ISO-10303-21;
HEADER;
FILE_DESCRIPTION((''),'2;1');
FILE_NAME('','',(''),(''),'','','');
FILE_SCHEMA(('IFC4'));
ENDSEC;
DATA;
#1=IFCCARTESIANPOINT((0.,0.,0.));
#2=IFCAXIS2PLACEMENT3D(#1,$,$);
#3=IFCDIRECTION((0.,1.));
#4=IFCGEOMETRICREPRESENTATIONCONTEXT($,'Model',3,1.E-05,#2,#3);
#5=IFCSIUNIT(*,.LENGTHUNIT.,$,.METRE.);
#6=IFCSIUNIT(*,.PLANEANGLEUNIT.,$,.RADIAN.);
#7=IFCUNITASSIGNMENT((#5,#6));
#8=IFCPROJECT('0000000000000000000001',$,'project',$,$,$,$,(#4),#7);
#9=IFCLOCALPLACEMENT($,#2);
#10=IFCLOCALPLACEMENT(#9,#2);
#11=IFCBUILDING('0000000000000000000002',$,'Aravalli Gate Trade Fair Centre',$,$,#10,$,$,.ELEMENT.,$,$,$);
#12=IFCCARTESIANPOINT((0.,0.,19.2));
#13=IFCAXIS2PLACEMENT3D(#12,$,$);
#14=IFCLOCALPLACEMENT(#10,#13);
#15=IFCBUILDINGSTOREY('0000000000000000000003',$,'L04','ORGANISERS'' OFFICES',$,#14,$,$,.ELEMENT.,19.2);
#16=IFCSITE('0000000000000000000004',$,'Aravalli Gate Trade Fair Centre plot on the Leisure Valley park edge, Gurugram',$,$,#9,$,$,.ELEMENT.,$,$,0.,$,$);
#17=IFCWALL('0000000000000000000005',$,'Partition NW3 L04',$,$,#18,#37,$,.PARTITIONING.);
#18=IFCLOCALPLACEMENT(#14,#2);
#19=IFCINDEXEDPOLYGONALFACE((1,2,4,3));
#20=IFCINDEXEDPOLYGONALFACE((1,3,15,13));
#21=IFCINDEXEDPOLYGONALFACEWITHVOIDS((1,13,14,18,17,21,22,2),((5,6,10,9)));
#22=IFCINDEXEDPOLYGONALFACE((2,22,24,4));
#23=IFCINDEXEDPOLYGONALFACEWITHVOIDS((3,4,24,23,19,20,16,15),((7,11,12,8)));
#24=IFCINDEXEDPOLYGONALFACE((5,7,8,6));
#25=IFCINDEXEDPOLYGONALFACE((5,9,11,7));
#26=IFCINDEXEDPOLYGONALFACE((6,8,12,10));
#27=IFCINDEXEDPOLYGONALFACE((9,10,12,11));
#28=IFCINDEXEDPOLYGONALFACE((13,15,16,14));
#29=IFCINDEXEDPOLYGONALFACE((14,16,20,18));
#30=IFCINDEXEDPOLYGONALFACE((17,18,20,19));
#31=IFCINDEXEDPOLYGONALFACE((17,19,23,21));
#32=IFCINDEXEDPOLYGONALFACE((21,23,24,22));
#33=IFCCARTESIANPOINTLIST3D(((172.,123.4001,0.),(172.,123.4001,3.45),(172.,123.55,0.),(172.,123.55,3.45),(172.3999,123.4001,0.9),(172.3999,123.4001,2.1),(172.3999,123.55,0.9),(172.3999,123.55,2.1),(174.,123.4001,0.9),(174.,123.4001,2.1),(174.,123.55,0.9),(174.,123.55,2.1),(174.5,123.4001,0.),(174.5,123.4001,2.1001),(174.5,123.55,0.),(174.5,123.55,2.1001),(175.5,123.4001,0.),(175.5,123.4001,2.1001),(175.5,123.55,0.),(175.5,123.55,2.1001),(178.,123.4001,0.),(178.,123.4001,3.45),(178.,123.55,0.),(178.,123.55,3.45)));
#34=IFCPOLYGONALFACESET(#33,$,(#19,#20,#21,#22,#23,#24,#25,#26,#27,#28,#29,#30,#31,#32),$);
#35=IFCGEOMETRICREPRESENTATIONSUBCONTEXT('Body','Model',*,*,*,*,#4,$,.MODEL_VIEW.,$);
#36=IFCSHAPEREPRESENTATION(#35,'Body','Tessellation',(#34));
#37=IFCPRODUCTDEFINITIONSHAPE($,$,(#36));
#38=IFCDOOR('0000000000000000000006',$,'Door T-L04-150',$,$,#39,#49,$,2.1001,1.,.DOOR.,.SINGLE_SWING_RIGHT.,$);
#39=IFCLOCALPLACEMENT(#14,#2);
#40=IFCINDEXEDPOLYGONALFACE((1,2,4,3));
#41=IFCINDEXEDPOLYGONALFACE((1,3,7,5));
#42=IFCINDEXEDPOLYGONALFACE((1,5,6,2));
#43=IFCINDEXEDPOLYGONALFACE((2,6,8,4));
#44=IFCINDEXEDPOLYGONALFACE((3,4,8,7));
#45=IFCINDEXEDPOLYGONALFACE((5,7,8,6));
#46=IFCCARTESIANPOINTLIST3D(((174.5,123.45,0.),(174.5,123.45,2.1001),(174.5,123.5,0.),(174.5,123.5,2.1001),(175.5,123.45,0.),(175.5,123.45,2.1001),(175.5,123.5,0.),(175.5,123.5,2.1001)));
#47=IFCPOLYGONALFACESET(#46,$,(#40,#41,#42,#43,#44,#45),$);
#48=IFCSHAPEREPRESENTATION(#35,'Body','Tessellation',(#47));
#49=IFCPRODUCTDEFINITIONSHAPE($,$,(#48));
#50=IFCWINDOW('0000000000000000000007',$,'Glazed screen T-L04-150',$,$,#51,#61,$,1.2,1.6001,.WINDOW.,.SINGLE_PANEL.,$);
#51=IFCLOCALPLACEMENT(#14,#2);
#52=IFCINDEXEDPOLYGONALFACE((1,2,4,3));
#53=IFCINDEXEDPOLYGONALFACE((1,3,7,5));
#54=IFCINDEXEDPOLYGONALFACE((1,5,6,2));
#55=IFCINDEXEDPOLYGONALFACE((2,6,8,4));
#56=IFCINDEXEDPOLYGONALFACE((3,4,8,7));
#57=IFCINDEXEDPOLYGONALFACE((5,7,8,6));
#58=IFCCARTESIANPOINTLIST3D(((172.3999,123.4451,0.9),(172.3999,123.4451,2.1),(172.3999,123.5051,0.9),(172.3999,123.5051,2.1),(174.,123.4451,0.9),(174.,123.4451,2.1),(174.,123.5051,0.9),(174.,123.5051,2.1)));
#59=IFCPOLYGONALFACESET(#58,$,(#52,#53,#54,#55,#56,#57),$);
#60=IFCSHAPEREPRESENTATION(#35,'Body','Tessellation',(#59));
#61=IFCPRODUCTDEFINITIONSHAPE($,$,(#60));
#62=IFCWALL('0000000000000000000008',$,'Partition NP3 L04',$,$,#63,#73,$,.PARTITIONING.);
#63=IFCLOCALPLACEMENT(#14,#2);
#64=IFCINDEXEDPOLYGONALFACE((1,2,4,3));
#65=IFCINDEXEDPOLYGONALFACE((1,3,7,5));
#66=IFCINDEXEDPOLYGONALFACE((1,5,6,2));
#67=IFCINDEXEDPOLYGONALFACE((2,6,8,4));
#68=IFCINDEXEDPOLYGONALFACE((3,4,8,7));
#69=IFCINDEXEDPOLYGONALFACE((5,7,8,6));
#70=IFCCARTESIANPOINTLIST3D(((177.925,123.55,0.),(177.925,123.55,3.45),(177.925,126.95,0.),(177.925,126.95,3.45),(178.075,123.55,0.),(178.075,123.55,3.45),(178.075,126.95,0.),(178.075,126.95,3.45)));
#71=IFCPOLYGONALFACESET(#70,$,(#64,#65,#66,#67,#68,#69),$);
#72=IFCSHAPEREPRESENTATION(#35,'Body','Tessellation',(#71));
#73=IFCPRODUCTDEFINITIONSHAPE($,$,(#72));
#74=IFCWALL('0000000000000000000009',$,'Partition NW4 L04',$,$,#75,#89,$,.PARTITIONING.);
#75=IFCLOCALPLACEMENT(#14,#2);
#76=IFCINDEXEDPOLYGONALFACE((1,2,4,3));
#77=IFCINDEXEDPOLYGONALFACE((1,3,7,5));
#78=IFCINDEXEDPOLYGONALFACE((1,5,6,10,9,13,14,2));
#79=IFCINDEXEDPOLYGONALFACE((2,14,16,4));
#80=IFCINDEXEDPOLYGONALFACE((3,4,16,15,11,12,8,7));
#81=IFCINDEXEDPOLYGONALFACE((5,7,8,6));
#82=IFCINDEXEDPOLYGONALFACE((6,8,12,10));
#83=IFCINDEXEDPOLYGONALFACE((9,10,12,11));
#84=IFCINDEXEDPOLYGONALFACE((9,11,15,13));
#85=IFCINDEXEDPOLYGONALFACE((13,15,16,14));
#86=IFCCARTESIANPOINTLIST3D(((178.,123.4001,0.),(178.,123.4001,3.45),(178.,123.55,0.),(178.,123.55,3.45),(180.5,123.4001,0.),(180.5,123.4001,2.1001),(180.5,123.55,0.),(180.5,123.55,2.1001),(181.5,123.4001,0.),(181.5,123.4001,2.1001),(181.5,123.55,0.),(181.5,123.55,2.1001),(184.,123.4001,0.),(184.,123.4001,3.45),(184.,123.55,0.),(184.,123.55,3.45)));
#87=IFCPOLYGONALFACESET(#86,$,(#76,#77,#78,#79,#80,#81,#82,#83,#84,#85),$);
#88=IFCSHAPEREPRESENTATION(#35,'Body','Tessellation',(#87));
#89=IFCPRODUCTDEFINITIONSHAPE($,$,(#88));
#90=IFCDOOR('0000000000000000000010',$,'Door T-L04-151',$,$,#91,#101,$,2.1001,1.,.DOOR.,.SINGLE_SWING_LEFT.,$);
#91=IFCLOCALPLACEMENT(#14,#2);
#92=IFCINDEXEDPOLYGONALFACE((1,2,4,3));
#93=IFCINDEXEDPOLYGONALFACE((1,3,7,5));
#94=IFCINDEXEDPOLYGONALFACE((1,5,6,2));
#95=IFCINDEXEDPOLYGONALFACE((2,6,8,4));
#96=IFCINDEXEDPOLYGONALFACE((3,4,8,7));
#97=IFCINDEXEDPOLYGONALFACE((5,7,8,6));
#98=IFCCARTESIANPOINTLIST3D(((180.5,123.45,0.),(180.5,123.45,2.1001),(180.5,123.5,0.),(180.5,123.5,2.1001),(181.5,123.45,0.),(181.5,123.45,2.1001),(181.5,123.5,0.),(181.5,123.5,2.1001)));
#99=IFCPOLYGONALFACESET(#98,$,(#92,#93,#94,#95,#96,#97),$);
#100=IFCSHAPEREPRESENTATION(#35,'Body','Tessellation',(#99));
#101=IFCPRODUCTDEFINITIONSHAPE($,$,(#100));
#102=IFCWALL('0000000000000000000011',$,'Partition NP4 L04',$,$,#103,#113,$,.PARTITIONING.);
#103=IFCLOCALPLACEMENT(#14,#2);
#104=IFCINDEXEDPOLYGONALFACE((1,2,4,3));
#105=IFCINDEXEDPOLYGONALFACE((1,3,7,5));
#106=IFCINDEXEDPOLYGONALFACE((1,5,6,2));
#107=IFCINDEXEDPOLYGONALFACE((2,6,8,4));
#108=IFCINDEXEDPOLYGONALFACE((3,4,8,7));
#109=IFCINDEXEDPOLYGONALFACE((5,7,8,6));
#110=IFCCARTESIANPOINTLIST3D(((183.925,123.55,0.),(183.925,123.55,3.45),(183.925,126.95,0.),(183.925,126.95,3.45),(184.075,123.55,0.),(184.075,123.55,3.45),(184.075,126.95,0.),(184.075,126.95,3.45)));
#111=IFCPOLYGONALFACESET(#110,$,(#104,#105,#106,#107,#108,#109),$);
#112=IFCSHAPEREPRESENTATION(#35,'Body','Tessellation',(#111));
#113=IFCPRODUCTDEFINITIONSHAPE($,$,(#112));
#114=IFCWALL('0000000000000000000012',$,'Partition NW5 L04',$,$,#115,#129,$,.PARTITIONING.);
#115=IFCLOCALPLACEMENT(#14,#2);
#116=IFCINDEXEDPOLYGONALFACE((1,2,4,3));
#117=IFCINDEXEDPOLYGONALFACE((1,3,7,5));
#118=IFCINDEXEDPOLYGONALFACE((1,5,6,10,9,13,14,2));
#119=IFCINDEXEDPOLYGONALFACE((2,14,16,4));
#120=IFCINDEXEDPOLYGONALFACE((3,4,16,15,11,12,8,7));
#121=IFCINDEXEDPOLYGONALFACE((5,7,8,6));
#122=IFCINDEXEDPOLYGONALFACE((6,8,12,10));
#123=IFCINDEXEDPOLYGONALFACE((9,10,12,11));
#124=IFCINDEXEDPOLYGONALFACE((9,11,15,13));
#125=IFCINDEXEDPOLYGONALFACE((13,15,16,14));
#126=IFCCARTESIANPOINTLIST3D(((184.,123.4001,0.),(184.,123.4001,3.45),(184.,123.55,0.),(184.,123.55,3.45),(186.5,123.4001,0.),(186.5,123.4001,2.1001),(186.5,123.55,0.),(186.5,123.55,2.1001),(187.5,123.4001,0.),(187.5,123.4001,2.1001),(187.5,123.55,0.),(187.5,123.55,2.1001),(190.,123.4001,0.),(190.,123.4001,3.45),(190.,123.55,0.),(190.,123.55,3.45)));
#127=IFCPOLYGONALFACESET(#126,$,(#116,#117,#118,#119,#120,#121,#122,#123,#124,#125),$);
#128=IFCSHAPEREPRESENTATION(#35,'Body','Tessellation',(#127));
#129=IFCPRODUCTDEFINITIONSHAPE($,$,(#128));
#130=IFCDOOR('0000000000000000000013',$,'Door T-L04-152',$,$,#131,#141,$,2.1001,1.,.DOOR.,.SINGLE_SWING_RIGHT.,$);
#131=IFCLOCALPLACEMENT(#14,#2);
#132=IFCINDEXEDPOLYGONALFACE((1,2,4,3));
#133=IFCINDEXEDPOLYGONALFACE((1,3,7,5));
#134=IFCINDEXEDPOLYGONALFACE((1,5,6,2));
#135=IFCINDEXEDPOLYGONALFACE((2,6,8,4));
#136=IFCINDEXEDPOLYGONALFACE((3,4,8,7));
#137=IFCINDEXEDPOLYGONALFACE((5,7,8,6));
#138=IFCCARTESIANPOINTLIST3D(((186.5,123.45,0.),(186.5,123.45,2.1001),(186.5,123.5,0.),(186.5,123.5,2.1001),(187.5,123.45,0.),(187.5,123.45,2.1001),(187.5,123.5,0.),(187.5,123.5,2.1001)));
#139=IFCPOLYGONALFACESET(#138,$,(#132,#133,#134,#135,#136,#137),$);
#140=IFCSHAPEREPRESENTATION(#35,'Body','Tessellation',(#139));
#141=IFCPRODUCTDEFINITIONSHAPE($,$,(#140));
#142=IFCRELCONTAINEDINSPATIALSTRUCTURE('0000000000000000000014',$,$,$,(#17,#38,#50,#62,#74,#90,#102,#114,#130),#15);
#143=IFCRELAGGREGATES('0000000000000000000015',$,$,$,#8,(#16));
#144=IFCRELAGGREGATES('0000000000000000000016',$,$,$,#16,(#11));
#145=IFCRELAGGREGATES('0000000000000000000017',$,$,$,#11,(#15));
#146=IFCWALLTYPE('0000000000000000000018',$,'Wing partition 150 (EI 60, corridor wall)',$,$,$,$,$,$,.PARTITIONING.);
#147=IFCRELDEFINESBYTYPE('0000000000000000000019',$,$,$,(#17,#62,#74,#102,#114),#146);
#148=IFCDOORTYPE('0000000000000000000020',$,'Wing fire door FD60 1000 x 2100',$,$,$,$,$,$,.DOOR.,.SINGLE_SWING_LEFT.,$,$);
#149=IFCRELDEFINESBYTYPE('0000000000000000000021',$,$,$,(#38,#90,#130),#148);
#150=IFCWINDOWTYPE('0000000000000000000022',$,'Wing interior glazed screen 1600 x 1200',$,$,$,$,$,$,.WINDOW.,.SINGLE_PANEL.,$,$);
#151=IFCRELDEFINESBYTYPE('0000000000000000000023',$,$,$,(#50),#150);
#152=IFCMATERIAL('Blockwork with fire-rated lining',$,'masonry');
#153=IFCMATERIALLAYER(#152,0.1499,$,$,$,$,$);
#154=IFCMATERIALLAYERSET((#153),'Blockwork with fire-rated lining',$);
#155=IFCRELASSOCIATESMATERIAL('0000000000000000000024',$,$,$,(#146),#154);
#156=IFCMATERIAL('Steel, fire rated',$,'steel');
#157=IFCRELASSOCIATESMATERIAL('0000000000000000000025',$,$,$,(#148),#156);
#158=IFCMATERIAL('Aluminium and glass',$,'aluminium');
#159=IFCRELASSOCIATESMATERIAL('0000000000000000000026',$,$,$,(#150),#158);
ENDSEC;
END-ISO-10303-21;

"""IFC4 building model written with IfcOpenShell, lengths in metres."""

from ifc_helpers import new_model, si_unit, direction, frame, frame_2d, origin, place, context, subcontext, project, spatial, rectangle, extrude, material, layer, layer_set, type_object, element, fill, save


model = new_model("IFC4")

# Units and contexts
model_context = context("Model", 3, precision=1e-05, world=origin(), true_north=direction((0.0, 1.0)))
body_context = subcontext(model_context, "Body", "Model", "MODEL_VIEW")
ifc_project = project(units=[si_unit("LENGTHUNIT", "METRE"), si_unit("PLANEANGLEUNIT", "RADIAN")], contexts=[model_context])

# Site, building, storey
site_placement = place(None, origin())
site = spatial("IfcSite", under=ifc_project, at=site_placement, Name="Aravalli Gate Trade Fair Centre plot on the Leisure Valley park edge, Gurugram", CompositionType="ELEMENT", RefElevation=0.0)
building_placement = place(site_placement, origin())
building = spatial("IfcBuilding", under=site, at=building_placement, Name="Aravalli Gate Trade Fair Centre", CompositionType="ELEMENT")
storey_placement = place(building_placement, frame((0.0, 0.0, 19.2)))
storey = spatial("IfcBuildingStorey", under=building, at=storey_placement, Name="L04", Description="ORGANISERS' OFFICES", CompositionType="ELEMENT", Elevation=19.2)

# Shared definitions
ifc_material_1 = material(Name="Steel, fire rated", Category="steel")

# Shared definitions
ifc_material_2 = material(Name="Blockwork with fire-rated lining", Category="masonry")
ifc_layer_1 = layer(ifc_material_2, 0.1499)
ifc_layer_set_1 = layer_set([ifc_layer_1], Name="Blockwork with fire-rated lining")
wall_type_1 = type_object("IfcWallType", Name="Wing partition 150 (EI 60, corridor wall)", PredefinedType="PARTITIONING", material=ifc_layer_set_1)

# Wall, openings, door, window
wall_1_placement = place(storey_placement, frame((172.0, 123.4751, 0.0), z_axis=(0.0, 0.0, 1.0), x_axis=(1.0, 0.0, 0.0)))
wall_1 = element("IfcWall", 1, at=wall_1_placement, inside=storey, type_object=wall_type_1, Name="Partition NW3 L04", PredefinedType="PARTITIONING", context=body_context, shape_type="SweptSolid", body=[
    extrude(rectangle(XDim=6.0, YDim=0.1499, at=frame_2d((3.0, 0.0))), origin(), (0.0, 0.0, 1.0), 3.45),
])
opening_1_placement = place(wall_1_placement, frame((0.3999, 0.0, 0.8999)))
opening_1 = element("IfcOpeningElement", 2, at=opening_1_placement, cuts=wall_1, PredefinedType="OPENING", context=body_context, shape_type="SweptSolid", body=[
    extrude(rectangle(XDim=1.6001, YDim=1.2, at=frame_2d((0.8, 0.6001))), frame((0.0, 0.085, 0.0), z_axis=(0.0, -1.0, 0.0), x_axis=(1.0, 0.0, 0.0)), (0.0, 0.0, 1.0), 0.1699),
])
opening_2_placement = place(wall_1_placement, frame((2.5, 0.0, 0.0)))
opening_2 = element("IfcOpeningElement", 3, at=opening_2_placement, cuts=wall_1, PredefinedType="OPENING", context=body_context, shape_type="SweptSolid", body=[
    extrude(rectangle(XDim=1.0, YDim=2.1001, at=frame_2d((0.5, 1.05))), frame((0.0, 0.085, 0.0), z_axis=(0.0, -1.0, 0.0), x_axis=(1.0, 0.0, 0.0)), (0.0, 0.0, 1.0), 0.1699),
])
door_type_1 = type_object("IfcDoorType", Name="Wing fire door FD60 1000 x 2100", OperationType="SINGLE_SWING_LEFT", PredefinedType="DOOR", material=ifc_material_1)
door_1_placement = place(opening_2_placement, origin())
door_1 = element("IfcDoor", 4, at=door_1_placement, inside=storey, type_object=door_type_1, Name="Door T-L04-150", OperationType="SINGLE_SWING_RIGHT", OverallHeight=2.1001, OverallWidth=1.0, PredefinedType="DOOR", context=body_context, shape_type="SweptSolid", body=[
    extrude(rectangle(XDim=1.0, YDim=2.1001, at=frame_2d((0.5, 1.05))), frame((0.0, 0.0249, 0.0), z_axis=(0.0, -1.0, 0.0), x_axis=(1.0, 0.0, 0.0)), (0.0, 0.0, 1.0), 0.05),
])
fill(opening_2, door_1)
ifc_material_3 = material(Name="Aluminium and glass", Category="aluminium")
window_type_1 = type_object("IfcWindowType", Name="Wing interior glazed screen 1600 x 1200", PartitioningType="SINGLE_PANEL", PredefinedType="WINDOW", material=ifc_material_3)
window_1_placement = place(opening_1_placement, origin())
window_1 = element("IfcWindow", 5, at=window_1_placement, inside=storey, type_object=window_type_1, Name="Glazed screen T-L04-150", OverallHeight=1.2, OverallWidth=1.6001, PartitioningType="SINGLE_PANEL", PredefinedType="WINDOW", context=body_context, shape_type="SweptSolid", body=[
    extrude(rectangle(XDim=1.6001, YDim=1.2, at=frame_2d((0.8, 0.6001))), frame((0.0, 0.03, 0.0), z_axis=(0.0, -1.0, 0.0), x_axis=(1.0, 0.0, 0.0)), (0.0, 0.0, 1.0), 0.0601),
])
fill(opening_1, window_1)

# Wall
wall_2_placement = place(storey_placement, frame((178.0, 123.55, 0.0), z_axis=(0.0, 0.0, 1.0), x_axis=(0.0, 1.0, 0.0)))
element("IfcWall", 6, at=wall_2_placement, inside=storey, type_object=wall_type_1, Name="Partition NP3 L04", PredefinedType="PARTITIONING", context=body_context, shape_type="SweptSolid", body=[
    extrude(rectangle(XDim=3.3999, YDim=0.1499, at=frame_2d((1.7, 0.0))), origin(), (0.0, 0.0, 1.0), 3.45),
])

# Wall, opening, door
wall_3_placement = place(storey_placement, frame((178.0, 123.4751, 0.0), z_axis=(0.0, 0.0, 1.0), x_axis=(1.0, 0.0, 0.0)))
wall_3 = element("IfcWall", 7, at=wall_3_placement, inside=storey, type_object=wall_type_1, Name="Partition NW4 L04", PredefinedType="PARTITIONING", context=body_context, shape_type="SweptSolid", body=[
    extrude(rectangle(XDim=6.0, YDim=0.1499, at=frame_2d((3.0, 0.0))), origin(), (0.0, 0.0, 1.0), 3.45),
])
opening_3_placement = place(wall_3_placement, frame((2.5, 0.0, 0.0)))
opening_3 = element("IfcOpeningElement", 8, at=opening_3_placement, cuts=wall_3, PredefinedType="OPENING", context=body_context, shape_type="SweptSolid", body=[
    extrude(rectangle(XDim=1.0, YDim=2.1001, at=frame_2d((0.5, 1.05))), frame((0.0, 0.085, 0.0), z_axis=(0.0, -1.0, 0.0), x_axis=(1.0, 0.0, 0.0)), (0.0, 0.0, 1.0), 0.1699),
])
door_2_placement = place(opening_3_placement, origin())
door_2 = element("IfcDoor", 9, at=door_2_placement, inside=storey, type_object=door_type_1, Name="Door T-L04-151", OperationType="SINGLE_SWING_LEFT", OverallHeight=2.1001, OverallWidth=1.0, PredefinedType="DOOR", context=body_context, shape_type="SweptSolid", body=[
    extrude(rectangle(XDim=1.0, YDim=2.1001, at=frame_2d((0.5, 1.05))), frame((0.0, 0.0249, 0.0), z_axis=(0.0, -1.0, 0.0), x_axis=(1.0, 0.0, 0.0)), (0.0, 0.0, 1.0), 0.05),
])
fill(opening_3, door_2)

# Wall
wall_4_placement = place(storey_placement, frame((184.0, 123.55, 0.0), z_axis=(0.0, 0.0, 1.0), x_axis=(0.0, 1.0, 0.0)))
element("IfcWall", 10, at=wall_4_placement, inside=storey, type_object=wall_type_1, Name="Partition NP4 L04", PredefinedType="PARTITIONING", context=body_context, shape_type="SweptSolid", body=[
    extrude(rectangle(XDim=3.3999, YDim=0.1499, at=frame_2d((1.7, 0.0))), origin(), (0.0, 0.0, 1.0), 3.45),
])

# Wall, opening, door
wall_5_placement = place(storey_placement, frame((184.0, 123.4751, 0.0), z_axis=(0.0, 0.0, 1.0), x_axis=(1.0, 0.0, 0.0)))
wall_5 = element("IfcWall", 11, at=wall_5_placement, inside=storey, type_object=wall_type_1, Name="Partition NW5 L04", PredefinedType="PARTITIONING", context=body_context, shape_type="SweptSolid", body=[
    extrude(rectangle(XDim=6.0, YDim=0.1499, at=frame_2d((3.0, 0.0))), origin(), (0.0, 0.0, 1.0), 3.45),
])
opening_4_placement = place(wall_5_placement, frame((2.5, 0.0, 0.0)))
opening_4 = element("IfcOpeningElement", 12, at=opening_4_placement, cuts=wall_5, PredefinedType="OPENING", context=body_context, shape_type="SweptSolid", body=[
    extrude(rectangle(XDim=1.0, YDim=2.1001, at=frame_2d((0.5, 1.05))), frame((0.0, 0.085, 0.0), z_axis=(0.0, -1.0, 0.0), x_axis=(1.0, 0.0, 0.0)), (0.0, 0.0, 1.0), 0.1699),
])
door_3_placement = place(opening_4_placement, origin())
door_3 = element("IfcDoor", 13, at=door_3_placement, inside=storey, type_object=door_type_1, Name="Door T-L04-152", OperationType="SINGLE_SWING_RIGHT", OverallHeight=2.1001, OverallWidth=1.0, PredefinedType="DOOR", context=body_context, shape_type="SweptSolid", body=[
    extrude(rectangle(XDim=1.0, YDim=2.1001, at=frame_2d((0.5, 1.05))), frame((0.0, 0.0249, 0.0), z_axis=(0.0, -1.0, 0.0), x_axis=(1.0, 0.0, 0.0)), (0.0, 0.0, 1.0), 0.05),
])
fill(opening_4, door_3)

save(model, "model.ifc")
